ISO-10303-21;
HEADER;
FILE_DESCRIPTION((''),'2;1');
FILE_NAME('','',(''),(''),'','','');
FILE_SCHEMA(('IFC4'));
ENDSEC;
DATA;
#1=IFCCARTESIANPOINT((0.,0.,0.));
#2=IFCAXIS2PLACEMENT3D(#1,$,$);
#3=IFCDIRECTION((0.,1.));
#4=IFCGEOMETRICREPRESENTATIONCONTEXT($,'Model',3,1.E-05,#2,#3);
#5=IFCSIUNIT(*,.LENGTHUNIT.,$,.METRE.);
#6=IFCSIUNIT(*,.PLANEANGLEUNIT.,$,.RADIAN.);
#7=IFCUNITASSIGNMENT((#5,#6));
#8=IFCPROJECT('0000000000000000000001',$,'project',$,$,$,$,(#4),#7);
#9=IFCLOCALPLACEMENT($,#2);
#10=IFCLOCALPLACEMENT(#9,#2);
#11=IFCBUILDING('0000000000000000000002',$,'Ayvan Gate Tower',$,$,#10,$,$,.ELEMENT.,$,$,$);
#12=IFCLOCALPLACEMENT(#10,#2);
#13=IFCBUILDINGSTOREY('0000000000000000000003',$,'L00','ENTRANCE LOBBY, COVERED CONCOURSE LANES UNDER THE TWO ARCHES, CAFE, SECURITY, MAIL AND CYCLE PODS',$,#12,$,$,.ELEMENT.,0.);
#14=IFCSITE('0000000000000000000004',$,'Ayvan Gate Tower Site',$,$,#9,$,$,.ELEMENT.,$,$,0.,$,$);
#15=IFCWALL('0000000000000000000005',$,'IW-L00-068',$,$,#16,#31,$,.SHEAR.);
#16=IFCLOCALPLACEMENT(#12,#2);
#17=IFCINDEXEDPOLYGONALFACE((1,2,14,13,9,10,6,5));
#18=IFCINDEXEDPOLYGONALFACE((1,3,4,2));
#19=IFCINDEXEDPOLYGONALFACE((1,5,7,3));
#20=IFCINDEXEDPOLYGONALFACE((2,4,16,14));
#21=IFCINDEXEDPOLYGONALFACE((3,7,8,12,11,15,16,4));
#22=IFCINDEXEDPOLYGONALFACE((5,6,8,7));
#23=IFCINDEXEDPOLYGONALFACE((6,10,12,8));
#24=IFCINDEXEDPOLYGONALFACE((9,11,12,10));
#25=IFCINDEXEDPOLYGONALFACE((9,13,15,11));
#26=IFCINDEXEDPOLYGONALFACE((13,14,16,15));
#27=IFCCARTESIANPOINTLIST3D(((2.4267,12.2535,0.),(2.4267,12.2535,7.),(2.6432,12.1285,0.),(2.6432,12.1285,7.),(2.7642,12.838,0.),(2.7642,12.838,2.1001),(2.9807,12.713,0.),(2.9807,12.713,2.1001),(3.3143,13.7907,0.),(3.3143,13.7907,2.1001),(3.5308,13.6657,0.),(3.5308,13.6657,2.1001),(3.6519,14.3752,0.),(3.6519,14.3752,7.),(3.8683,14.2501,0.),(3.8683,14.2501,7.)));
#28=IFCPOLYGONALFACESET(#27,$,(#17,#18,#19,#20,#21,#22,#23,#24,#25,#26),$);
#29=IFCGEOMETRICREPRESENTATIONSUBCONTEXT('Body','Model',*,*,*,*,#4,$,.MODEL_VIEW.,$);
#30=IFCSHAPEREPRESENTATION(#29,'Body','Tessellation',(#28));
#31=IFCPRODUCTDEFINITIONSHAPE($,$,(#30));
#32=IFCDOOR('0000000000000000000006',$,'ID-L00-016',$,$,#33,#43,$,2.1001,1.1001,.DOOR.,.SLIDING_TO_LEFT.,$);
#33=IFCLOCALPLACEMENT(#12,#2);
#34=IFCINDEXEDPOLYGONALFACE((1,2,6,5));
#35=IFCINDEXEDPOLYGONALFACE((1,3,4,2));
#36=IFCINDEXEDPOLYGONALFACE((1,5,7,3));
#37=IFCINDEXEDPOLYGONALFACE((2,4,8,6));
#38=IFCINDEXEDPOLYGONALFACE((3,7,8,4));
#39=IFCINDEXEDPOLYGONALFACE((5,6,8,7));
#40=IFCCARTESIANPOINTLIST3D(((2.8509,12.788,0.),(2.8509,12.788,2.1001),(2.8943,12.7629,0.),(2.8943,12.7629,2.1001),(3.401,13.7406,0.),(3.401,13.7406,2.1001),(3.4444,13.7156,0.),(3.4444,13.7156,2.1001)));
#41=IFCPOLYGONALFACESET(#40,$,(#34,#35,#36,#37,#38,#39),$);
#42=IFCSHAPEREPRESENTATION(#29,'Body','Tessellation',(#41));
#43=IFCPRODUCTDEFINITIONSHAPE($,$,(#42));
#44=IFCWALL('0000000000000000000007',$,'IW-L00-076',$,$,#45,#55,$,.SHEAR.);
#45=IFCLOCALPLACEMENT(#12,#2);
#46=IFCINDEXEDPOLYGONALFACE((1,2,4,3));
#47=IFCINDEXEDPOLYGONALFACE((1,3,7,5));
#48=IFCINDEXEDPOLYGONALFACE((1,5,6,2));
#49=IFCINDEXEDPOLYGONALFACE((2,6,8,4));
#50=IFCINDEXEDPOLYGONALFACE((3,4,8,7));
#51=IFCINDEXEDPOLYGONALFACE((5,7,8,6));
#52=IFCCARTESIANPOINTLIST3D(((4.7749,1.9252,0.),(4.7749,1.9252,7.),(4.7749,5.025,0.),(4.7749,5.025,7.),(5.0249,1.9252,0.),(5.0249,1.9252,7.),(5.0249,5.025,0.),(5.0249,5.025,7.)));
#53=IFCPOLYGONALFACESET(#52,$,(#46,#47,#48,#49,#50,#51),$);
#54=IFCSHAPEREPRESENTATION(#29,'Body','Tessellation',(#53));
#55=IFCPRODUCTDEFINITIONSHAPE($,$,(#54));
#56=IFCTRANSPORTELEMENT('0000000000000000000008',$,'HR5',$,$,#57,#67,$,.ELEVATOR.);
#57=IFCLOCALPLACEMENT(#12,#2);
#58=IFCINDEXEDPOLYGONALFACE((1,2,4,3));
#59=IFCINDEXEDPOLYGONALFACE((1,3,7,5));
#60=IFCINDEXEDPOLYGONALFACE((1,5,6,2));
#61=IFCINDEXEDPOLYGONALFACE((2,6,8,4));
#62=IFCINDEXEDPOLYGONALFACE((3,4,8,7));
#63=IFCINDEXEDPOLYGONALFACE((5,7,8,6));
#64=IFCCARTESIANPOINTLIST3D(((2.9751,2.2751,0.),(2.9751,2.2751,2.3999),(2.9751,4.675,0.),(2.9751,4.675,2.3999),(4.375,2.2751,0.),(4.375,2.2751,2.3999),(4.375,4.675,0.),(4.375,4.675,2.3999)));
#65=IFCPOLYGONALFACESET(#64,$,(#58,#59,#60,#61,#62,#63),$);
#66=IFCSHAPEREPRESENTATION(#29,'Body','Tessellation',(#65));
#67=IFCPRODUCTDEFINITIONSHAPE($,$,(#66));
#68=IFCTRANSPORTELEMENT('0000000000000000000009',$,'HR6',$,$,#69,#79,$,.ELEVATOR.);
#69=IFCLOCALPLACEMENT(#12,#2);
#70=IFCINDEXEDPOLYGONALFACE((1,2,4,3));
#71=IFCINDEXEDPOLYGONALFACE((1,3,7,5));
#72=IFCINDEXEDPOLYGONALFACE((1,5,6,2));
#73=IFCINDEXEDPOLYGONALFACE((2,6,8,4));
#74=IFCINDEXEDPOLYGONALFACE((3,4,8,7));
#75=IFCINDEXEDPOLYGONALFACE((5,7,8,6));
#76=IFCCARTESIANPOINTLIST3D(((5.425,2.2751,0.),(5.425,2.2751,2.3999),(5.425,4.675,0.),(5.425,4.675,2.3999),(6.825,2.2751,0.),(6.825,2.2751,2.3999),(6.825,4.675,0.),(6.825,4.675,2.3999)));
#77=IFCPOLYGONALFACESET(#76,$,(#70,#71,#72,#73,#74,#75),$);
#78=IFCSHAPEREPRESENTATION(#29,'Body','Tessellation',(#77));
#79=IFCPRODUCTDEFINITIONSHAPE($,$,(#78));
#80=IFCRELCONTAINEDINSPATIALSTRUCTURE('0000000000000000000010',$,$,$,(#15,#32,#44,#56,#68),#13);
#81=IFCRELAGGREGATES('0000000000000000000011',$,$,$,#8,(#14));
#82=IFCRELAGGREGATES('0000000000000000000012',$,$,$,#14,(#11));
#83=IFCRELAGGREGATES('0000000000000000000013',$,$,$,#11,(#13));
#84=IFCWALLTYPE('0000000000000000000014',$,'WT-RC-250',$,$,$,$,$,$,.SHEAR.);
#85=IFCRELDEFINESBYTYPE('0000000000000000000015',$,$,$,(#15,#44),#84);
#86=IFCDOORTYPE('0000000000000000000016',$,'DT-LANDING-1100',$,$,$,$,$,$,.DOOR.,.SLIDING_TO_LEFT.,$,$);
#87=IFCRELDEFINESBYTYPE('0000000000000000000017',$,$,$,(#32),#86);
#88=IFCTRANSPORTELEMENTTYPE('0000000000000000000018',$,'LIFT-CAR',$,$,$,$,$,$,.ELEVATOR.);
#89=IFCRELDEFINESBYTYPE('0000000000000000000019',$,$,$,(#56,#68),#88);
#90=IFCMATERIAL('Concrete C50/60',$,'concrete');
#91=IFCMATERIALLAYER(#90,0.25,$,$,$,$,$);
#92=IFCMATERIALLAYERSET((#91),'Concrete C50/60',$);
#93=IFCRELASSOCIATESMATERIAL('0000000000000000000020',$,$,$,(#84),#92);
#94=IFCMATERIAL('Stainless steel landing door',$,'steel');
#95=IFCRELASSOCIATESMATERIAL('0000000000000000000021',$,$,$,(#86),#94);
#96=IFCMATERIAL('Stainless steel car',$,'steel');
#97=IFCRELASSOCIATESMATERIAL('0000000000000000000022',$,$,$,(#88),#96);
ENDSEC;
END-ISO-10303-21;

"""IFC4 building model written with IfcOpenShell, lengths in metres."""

from ifc_helpers import new_model, si_unit, direction, frame, frame_2d, origin, origin_2d, place, context, subcontext, project, spatial, rectangle, extrude, material, layer, layer_set, type_object, element, fill, save


model = new_model("IFC4")

# Units and contexts
model_context = context("Model", 3, precision=1e-05, world=origin(), true_north=direction((0.0, 1.0)))
body_context = subcontext(model_context, "Body", "Model", "MODEL_VIEW")
ifc_project = project(units=[si_unit("LENGTHUNIT", "METRE"), si_unit("PLANEANGLEUNIT", "RADIAN")], contexts=[model_context])

# Site, building, storey
site_placement = place(None, origin())
site = spatial("IfcSite", under=ifc_project, at=site_placement, Name="Ayvan Gate Tower Site", CompositionType="ELEMENT", RefElevation=0.0)
building_placement = place(site_placement, origin())
building = spatial("IfcBuilding", under=site, at=building_placement, Name="Ayvan Gate Tower", CompositionType="ELEMENT")
storey_placement = place(building_placement, origin())
storey = spatial("IfcBuildingStorey", under=building, at=storey_placement, Name="L00", Description="ENTRANCE LOBBY, COVERED CONCOURSE LANES UNDER THE TWO ARCHES, CAFE, SECURITY, MAIL AND CYCLE PODS", CompositionType="ELEMENT", Elevation=0.0)

# Shared definitions
ifc_material_1 = material(Name="Concrete C50/60", Category="concrete")
ifc_layer_1 = layer(ifc_material_1, 0.25)
ifc_layer_set_1 = layer_set([ifc_layer_1], Name="Concrete C50/60")
wall_type_1 = type_object("IfcWallType", Name="WT-RC-250", PredefinedType="SHEAR", material=ifc_layer_set_1)

# Wall, opening, door
wall_1_placement = place(storey_placement, frame((2.5349, 12.1909, 0.0), z_axis=(0.0, 0.0, 1.0), x_axis=(0.500062, 0.86599, 0.0)))
wall_1 = element("IfcWall", 1, at=wall_1_placement, inside=storey, type_object=wall_type_1, Name="IW-L00-068", PredefinedType="SHEAR", context=body_context, shape_type="SweptSolid", body=[
    extrude(rectangle(XDim=2.45, YDim=0.25, at=frame_2d((1.2251, 0.0))), origin(), (0.0, 0.0, 1.0), 7.0),
])
opening_1_placement = place(wall_1_placement, frame((0.675, 0.0, 0.0)))
opening_1 = element("IfcOpeningElement", 2, at=opening_1_placement, cuts=wall_1, PredefinedType="OPENING", context=body_context, shape_type="SweptSolid", body=[
    extrude(rectangle(XDim=1.1001, YDim=2.1001, at=frame_2d((0.55, 1.05))), frame((0.0, 0.135, 0.0), z_axis=(0.0, -1.0, 0.0), x_axis=(1.0, 0.0, 0.0)), (0.0, 0.0, 1.0), 0.27),
])
ifc_material_2 = material(Name="Stainless steel landing door", Category="steel")
door_type_1 = type_object("IfcDoorType", Name="DT-LANDING-1100", OperationType="SLIDING_TO_LEFT", PredefinedType="DOOR", material=ifc_material_2)
door_1_placement = place(opening_1_placement, origin())
door_1 = element("IfcDoor", 3, at=door_1_placement, inside=storey, type_object=door_type_1, Name="ID-L00-016", OperationType="SLIDING_TO_LEFT", OverallHeight=2.1001, OverallWidth=1.1001, PredefinedType="DOOR", context=body_context, shape_type="SweptSolid", body=[
    extrude(rectangle(XDim=1.1001, YDim=2.1001, at=frame_2d((0.55, 1.05))), frame((0.0, 0.0249, 0.0), z_axis=(0.0, -1.0, 0.0), x_axis=(1.0, 0.0, 0.0)), (0.0, 0.0, 1.0), 0.05),
])
fill(opening_1, door_1)

# Wall
wall_2_placement = place(storey_placement, frame((4.8999, 5.0249, 0.0), z_axis=(0.0, 0.0, 1.0), x_axis=(0.0, -1.0, 0.0)))
element("IfcWall", 4, at=wall_2_placement, inside=storey, type_object=wall_type_1, Name="IW-L00-076", PredefinedType="SHEAR", context=body_context, shape_type="SweptSolid", body=[
    extrude(rectangle(XDim=3.0999, YDim=0.25, at=frame_2d((1.5498, 0.0))), origin(), (0.0, 0.0, 1.0), 7.0),
])

# Transport elements
ifc_material_3 = material(Name="Stainless steel car", Category="steel")
transport_element_type = type_object("IfcTransportElementType", Name="LIFT-CAR", PredefinedType="ELEVATOR", material=ifc_material_3)
for number, where, z_axis, x_axis, name in (
    (5, (3.675, 3.4751, 0.0), (0.0, 0.0, 1.0), (1.0, 0.0, 0.0), "HR5"),
    (6, (6.125, 3.4751, 0.0), (0.0, 0.0, 1.0), (1.0, 0.0, 0.0), "HR6"),
):
    element("IfcTransportElement", number, at=place(storey_placement, frame(where, z_axis=z_axis, x_axis=x_axis)), inside=storey, type_object=transport_element_type, Name=name, PredefinedType="ELEVATOR", context=body_context, shape_type="SweptSolid", body=[
        extrude(rectangle(XDim=1.3999, YDim=2.3999, at=origin_2d()), origin(), (0.0, 0.0, 1.0), 2.3999),
    ])

save(model, "model.ifc")
